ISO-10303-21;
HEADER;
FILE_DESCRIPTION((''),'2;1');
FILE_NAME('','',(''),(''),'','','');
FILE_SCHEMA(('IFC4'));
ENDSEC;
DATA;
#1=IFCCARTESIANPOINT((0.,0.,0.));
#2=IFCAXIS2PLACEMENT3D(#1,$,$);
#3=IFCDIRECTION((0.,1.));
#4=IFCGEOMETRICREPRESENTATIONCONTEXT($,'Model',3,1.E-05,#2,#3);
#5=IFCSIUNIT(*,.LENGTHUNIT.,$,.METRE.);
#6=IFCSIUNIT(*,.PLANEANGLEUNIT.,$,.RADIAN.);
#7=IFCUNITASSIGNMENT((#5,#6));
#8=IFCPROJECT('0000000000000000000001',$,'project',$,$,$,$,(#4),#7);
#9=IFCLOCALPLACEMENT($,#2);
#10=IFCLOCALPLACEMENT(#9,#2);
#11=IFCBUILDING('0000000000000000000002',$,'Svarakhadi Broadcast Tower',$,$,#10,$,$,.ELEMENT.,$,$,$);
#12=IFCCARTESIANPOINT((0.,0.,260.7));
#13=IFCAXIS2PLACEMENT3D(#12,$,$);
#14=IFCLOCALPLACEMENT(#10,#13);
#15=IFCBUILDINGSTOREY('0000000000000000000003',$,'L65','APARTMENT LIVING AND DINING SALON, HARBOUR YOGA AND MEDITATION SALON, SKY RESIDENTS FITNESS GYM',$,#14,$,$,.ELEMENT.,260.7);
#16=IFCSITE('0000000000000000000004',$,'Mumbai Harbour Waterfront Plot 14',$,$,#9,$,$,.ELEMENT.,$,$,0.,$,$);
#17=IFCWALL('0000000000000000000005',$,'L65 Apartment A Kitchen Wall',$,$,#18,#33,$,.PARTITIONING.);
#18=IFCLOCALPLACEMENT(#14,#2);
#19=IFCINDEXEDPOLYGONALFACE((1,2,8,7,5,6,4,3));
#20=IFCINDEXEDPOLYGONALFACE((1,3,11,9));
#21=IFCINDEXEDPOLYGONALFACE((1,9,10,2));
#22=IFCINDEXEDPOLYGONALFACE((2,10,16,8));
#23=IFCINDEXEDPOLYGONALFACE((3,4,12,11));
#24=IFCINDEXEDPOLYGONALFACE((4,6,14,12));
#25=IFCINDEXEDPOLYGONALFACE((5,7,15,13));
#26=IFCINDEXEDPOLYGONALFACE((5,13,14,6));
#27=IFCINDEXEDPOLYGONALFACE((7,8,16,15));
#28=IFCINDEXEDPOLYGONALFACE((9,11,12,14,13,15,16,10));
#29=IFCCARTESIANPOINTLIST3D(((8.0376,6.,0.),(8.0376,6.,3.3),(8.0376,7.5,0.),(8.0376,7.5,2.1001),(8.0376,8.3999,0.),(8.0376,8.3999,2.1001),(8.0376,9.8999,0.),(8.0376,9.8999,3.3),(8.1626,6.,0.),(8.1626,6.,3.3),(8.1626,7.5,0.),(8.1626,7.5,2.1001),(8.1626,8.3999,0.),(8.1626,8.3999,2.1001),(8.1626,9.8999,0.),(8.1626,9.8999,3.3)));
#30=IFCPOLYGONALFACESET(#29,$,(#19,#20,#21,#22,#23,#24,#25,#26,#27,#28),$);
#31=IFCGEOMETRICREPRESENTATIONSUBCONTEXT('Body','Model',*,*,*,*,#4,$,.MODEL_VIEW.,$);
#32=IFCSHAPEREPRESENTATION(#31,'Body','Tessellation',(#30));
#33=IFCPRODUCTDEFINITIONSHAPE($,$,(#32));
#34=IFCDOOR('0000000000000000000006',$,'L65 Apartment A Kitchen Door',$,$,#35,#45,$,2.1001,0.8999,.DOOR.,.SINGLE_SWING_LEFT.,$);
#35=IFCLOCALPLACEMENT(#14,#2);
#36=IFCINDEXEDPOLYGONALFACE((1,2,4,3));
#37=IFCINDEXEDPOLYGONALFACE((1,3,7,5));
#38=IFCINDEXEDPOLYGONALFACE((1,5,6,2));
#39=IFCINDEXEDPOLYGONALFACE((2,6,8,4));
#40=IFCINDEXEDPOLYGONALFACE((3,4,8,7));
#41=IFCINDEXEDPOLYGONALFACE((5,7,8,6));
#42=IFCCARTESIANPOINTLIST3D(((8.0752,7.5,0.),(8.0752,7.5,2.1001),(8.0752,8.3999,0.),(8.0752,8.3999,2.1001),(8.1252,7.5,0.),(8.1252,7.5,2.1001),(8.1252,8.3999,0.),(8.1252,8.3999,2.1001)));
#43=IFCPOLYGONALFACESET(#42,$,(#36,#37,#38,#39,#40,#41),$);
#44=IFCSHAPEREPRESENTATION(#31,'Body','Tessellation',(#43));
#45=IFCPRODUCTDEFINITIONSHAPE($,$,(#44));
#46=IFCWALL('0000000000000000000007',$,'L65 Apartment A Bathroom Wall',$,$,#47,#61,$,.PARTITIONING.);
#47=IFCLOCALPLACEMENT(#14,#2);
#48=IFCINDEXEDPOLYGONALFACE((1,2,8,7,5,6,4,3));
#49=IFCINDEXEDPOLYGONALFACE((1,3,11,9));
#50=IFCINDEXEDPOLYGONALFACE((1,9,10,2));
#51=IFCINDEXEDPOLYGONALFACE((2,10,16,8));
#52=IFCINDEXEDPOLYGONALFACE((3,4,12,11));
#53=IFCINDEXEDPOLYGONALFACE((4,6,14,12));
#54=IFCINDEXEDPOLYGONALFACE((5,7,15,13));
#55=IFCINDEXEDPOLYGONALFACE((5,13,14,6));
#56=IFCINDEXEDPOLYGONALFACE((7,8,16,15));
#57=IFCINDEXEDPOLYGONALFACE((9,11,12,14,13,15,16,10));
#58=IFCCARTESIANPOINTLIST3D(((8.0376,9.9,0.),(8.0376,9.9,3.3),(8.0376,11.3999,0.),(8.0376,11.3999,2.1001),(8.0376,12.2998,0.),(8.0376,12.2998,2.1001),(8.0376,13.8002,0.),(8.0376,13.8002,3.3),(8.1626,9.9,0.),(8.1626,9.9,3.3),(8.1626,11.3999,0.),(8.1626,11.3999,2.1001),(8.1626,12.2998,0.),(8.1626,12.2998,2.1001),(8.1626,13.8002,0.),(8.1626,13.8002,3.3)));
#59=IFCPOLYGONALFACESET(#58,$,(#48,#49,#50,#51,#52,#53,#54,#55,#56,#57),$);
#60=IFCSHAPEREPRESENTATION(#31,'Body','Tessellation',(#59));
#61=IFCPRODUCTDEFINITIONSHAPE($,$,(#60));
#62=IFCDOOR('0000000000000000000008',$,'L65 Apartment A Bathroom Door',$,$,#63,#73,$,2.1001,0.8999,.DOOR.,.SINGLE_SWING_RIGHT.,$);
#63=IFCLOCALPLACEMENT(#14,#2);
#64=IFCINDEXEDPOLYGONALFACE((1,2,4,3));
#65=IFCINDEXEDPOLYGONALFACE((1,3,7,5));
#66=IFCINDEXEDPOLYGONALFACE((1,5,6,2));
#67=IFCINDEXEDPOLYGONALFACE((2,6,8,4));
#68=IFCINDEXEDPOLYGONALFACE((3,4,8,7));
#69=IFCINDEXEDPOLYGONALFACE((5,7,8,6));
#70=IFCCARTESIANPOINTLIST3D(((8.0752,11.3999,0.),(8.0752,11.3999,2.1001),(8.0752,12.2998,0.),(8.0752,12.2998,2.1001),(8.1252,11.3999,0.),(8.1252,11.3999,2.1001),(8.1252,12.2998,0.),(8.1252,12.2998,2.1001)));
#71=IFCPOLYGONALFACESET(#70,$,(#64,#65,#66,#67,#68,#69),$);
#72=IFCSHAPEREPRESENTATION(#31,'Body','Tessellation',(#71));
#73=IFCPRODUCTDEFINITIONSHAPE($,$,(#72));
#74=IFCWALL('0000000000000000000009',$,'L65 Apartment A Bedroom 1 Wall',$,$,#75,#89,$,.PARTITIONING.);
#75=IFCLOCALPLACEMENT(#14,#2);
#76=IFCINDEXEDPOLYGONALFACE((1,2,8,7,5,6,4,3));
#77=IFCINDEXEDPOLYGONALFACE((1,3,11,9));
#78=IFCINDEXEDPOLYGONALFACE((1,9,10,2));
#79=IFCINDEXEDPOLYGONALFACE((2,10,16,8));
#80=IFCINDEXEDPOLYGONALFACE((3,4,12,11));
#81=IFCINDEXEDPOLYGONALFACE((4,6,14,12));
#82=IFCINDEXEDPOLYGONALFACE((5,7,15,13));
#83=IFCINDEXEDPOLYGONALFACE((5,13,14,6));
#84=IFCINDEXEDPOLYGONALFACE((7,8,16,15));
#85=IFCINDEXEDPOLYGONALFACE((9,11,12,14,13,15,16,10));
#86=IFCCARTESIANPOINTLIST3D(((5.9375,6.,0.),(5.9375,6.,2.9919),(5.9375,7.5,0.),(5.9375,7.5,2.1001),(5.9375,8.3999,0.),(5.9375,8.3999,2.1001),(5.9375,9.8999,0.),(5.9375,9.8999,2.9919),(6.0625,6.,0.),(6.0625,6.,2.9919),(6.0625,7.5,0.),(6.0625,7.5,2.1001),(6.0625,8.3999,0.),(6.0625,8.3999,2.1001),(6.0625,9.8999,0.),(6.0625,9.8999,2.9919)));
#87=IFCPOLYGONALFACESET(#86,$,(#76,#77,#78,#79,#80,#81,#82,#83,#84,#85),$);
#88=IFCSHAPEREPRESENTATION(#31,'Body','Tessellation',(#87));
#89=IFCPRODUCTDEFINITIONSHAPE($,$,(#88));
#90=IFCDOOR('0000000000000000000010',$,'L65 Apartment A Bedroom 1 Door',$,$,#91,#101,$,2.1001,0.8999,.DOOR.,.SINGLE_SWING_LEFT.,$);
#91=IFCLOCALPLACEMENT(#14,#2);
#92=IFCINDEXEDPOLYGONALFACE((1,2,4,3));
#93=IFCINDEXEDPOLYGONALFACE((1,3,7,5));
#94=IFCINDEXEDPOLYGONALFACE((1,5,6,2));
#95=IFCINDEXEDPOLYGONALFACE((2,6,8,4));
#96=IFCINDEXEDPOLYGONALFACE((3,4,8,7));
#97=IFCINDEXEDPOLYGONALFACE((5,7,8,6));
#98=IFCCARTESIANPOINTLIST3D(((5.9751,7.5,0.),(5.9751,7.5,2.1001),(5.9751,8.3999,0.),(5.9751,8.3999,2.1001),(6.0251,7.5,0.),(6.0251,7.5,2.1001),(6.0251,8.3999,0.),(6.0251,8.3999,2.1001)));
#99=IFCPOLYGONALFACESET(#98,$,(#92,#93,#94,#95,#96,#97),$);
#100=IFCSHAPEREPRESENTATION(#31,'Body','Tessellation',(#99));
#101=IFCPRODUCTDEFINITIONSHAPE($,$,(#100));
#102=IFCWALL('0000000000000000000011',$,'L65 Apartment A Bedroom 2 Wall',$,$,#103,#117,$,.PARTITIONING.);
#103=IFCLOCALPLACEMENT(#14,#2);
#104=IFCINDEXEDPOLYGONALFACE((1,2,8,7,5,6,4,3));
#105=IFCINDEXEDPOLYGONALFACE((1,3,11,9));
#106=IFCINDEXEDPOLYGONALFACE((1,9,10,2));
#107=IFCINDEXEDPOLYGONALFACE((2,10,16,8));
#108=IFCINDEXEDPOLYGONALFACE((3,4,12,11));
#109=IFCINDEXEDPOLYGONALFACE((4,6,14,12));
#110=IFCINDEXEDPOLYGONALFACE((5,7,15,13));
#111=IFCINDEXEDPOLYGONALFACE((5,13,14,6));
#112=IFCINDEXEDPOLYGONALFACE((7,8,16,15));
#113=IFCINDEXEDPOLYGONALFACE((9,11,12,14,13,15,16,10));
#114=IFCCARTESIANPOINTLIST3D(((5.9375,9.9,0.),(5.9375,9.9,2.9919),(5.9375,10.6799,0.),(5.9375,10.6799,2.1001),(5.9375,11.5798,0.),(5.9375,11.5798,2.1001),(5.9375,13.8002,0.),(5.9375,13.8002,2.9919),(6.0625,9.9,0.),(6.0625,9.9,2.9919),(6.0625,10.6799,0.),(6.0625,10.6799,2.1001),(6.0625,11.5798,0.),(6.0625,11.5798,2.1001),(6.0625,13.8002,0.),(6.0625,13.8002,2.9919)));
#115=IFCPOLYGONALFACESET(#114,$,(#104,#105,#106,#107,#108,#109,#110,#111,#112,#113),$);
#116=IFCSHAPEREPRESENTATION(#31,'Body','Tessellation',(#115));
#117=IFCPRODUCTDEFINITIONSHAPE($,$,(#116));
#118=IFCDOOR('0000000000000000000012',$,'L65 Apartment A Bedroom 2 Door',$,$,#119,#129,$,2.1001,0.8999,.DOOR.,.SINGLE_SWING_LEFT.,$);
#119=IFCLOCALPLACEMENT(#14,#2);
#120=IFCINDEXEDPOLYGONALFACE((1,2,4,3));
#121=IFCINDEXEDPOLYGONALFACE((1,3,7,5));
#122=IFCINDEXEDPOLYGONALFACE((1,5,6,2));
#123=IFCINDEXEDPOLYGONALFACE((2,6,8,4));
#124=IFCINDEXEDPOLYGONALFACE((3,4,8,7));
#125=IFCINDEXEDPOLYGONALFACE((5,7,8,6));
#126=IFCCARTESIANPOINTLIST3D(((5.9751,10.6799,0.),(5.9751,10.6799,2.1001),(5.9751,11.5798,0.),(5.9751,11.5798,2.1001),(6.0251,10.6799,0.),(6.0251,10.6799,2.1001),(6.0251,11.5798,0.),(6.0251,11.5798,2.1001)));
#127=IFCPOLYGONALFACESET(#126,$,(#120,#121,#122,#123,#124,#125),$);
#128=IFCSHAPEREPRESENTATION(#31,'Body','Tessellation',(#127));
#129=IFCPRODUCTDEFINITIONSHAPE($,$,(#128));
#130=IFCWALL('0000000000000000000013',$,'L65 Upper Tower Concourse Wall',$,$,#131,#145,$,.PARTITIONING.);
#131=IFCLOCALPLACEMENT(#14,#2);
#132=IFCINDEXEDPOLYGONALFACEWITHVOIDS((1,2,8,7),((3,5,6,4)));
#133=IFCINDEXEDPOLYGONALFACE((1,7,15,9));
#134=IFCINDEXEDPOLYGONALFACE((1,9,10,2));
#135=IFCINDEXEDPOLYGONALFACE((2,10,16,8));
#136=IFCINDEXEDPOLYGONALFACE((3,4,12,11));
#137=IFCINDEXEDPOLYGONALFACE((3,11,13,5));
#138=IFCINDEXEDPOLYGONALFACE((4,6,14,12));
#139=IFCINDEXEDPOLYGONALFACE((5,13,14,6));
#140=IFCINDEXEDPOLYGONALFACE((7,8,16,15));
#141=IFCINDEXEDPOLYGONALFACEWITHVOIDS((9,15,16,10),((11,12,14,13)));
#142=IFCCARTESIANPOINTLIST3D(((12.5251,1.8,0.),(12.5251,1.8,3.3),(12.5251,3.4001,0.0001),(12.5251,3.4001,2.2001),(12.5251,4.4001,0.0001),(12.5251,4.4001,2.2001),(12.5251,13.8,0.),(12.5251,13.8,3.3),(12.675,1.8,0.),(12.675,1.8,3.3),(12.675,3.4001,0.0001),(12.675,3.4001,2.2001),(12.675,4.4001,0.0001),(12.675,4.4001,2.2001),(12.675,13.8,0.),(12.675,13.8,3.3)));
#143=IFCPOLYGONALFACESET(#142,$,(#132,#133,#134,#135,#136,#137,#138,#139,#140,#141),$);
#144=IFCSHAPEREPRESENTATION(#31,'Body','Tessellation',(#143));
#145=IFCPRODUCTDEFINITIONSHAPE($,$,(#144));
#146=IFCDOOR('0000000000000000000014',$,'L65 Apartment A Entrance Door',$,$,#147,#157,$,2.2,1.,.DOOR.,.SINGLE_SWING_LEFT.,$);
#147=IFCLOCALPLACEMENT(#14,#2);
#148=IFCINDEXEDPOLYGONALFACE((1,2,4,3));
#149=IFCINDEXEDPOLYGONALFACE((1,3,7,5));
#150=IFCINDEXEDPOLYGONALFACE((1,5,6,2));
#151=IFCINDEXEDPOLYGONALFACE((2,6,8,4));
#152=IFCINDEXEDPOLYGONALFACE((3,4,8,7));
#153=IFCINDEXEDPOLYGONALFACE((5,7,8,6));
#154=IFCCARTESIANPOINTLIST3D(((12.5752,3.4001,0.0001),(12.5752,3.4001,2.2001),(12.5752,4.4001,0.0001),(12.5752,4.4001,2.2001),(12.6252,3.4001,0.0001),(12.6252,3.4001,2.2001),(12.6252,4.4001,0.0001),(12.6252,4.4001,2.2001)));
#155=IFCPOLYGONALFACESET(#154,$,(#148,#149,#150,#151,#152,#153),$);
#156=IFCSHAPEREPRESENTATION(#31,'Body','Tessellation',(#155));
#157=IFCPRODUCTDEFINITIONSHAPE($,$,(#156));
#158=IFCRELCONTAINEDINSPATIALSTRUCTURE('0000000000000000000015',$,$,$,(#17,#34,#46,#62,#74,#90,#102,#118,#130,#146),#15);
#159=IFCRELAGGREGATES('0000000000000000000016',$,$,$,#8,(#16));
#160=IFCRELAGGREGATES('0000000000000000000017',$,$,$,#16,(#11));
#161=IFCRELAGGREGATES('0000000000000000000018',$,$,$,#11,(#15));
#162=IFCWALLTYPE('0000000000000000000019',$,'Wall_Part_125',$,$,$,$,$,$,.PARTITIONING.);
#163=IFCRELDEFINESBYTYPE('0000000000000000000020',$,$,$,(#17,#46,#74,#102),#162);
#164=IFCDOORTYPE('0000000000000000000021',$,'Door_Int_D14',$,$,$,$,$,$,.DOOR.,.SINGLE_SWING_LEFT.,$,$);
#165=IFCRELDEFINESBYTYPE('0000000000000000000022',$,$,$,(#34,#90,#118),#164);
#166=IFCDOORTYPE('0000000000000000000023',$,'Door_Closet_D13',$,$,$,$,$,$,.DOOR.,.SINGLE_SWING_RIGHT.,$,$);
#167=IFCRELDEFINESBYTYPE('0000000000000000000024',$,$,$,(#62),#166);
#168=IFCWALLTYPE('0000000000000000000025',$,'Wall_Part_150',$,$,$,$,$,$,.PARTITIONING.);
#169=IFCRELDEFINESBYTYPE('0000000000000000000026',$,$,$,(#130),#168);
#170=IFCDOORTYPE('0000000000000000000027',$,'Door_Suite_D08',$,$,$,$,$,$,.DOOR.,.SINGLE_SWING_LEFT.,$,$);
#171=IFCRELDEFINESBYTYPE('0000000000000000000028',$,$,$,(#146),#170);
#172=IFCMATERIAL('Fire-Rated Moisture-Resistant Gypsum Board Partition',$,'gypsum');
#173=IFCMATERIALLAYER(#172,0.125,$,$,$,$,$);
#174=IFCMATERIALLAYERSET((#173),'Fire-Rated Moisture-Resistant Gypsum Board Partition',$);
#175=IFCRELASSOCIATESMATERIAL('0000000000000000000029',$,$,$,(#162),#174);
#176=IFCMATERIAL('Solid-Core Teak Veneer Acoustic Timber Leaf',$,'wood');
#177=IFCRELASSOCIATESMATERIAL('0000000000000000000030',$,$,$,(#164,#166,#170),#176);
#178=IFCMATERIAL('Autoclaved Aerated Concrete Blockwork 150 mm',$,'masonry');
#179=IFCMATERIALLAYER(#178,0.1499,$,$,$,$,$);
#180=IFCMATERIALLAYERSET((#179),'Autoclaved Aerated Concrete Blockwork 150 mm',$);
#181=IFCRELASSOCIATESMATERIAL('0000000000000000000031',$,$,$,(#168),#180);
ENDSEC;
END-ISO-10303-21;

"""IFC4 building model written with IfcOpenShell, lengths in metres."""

from ifc_helpers import new_model, si_unit, direction, frame, frame_2d, origin, place, context, subcontext, project, spatial, rectangle, extrude, material, layer, layer_set, type_object, element, fill, save


model = new_model("IFC4")

# Units and contexts
model_context = context("Model", 3, precision=1e-05, world=origin(), true_north=direction((0.0, 1.0)))
body_context = subcontext(model_context, "Body", "Model", "MODEL_VIEW")
ifc_project = project(units=[si_unit("LENGTHUNIT", "METRE"), si_unit("PLANEANGLEUNIT", "RADIAN")], contexts=[model_context])

# Site, building, storey
site_placement = place(None, origin())
site = spatial("IfcSite", under=ifc_project, at=site_placement, Name="Mumbai Harbour Waterfront Plot 14", CompositionType="ELEMENT", RefElevation=0.0)
building_placement = place(site_placement, origin())
building = spatial("IfcBuilding", under=site, at=building_placement, Name="Svarakhadi Broadcast Tower", CompositionType="ELEMENT")
storey_placement = place(building_placement, frame((0.0, 0.0, 260.7)))
storey = spatial("IfcBuildingStorey", under=building, at=storey_placement, Name="L65", Description="APARTMENT LIVING AND DINING SALON, HARBOUR YOGA AND MEDITATION SALON, SKY RESIDENTS FITNESS GYM", CompositionType="ELEMENT", Elevation=260.7)

# Shared definitions
ifc_material_1 = material(Name="Fire-Rated Moisture-Resistant Gypsum Board Partition", Category="gypsum")
ifc_layer_1 = layer(ifc_material_1, 0.125)
ifc_layer_set_1 = layer_set([ifc_layer_1], Name="Fire-Rated Moisture-Resistant Gypsum Board Partition")
wall_type_1 = type_object("IfcWallType", Name="Wall_Part_125", PredefinedType="PARTITIONING", material=ifc_layer_set_1)

# Walls, openings, doors
wall_1_placement = place(storey_placement, frame((8.1001, 6.0, 0.0), z_axis=(0.0, 0.0, 1.0), x_axis=(0.0, 1.0, 0.0)))
wall_1 = element("IfcWall", 1, at=wall_1_placement, inside=storey, type_object=wall_type_1, Name="L65 Apartment A Kitchen Wall", PredefinedType="PARTITIONING", context=body_context, shape_type="SweptSolid", body=[
    extrude(rectangle(XDim=3.8999, YDim=0.125, at=frame_2d((1.95, 0.0))), origin(), (0.0, 0.0, 1.0), 3.3),
])
opening_1_placement = place(wall_1_placement, frame((1.5, 0.0, 0.0)))
opening_1 = element("IfcOpeningElement", 2, at=opening_1_placement, cuts=wall_1, PredefinedType="OPENING", context=body_context, shape_type="SweptSolid", body=[
    extrude(rectangle(XDim=0.8999, YDim=2.1001, at=frame_2d((0.45, 1.05))), frame((0.0, 0.0725, 0.0), z_axis=(0.0, -1.0, 0.0), x_axis=(1.0, 0.0, 0.0)), (0.0, 0.0, 1.0), 0.145),
])
ifc_material_2 = material(Name="Solid-Core Teak Veneer Acoustic Timber Leaf", Category="wood")
door_type_1 = type_object("IfcDoorType", Name="Door_Int_D14", OperationType="SINGLE_SWING_LEFT", PredefinedType="DOOR", material=ifc_material_2)
door_1_placement = place(opening_1_placement, origin())
door_1 = element("IfcDoor", 3, at=door_1_placement, inside=storey, type_object=door_type_1, Name="L65 Apartment A Kitchen Door", OperationType="SINGLE_SWING_LEFT", OverallHeight=2.1001, OverallWidth=0.8999, PredefinedType="DOOR", context=body_context, shape_type="SweptSolid", body=[
    extrude(rectangle(XDim=0.8999, YDim=2.1001, at=frame_2d((0.45, 1.05))), frame((0.0, 0.0249, 0.0), z_axis=(0.0, -1.0, 0.0), x_axis=(1.0, 0.0, 0.0)), (0.0, 0.0, 1.0), 0.05),
])
fill(opening_1, door_1)
wall_2_placement = place(storey_placement, frame((8.1001, 9.8999, 0.0), z_axis=(0.0, 0.0, 1.0), x_axis=(0.0, 1.0, 0.0)))
wall_2 = element("IfcWall", 4, at=wall_2_placement, inside=storey, type_object=wall_type_1, Name="L65 Apartment A Bathroom Wall", PredefinedType="PARTITIONING", context=body_context, shape_type="SweptSolid", body=[
    extrude(rectangle(XDim=3.9001, YDim=0.125, at=frame_2d((1.9502, 0.0))), origin(), (0.0, 0.0, 1.0), 3.3),
])
opening_2_placement = place(wall_2_placement, frame((1.5, 0.0, 0.0)))
opening_2 = element("IfcOpeningElement", 5, at=opening_2_placement, cuts=wall_2, PredefinedType="OPENING", context=body_context, shape_type="SweptSolid", body=[
    extrude(rectangle(XDim=0.8999, YDim=2.1001, at=frame_2d((0.45, 1.05))), frame((0.0, 0.0725, 0.0), z_axis=(0.0, -1.0, 0.0), x_axis=(1.0, 0.0, 0.0)), (0.0, 0.0, 1.0), 0.145),
])
door_type_2 = type_object("IfcDoorType", Name="Door_Closet_D13", OperationType="SINGLE_SWING_RIGHT", PredefinedType="DOOR", material=ifc_material_2)
door_2_placement = place(opening_2_placement, origin())
door_2 = element("IfcDoor", 6, at=door_2_placement, inside=storey, type_object=door_type_2, Name="L65 Apartment A Bathroom Door", OperationType="SINGLE_SWING_RIGHT", OverallHeight=2.1001, OverallWidth=0.8999, PredefinedType="DOOR", context=body_context, shape_type="SweptSolid", body=[
    extrude(rectangle(XDim=0.8999, YDim=2.1001, at=frame_2d((0.45, 1.05))), frame((0.0, 0.0249, 0.0), z_axis=(0.0, -1.0, 0.0), x_axis=(1.0, 0.0, 0.0)), (0.0, 0.0, 1.0), 0.05),
])
fill(opening_2, door_2)
wall_3_placement = place(storey_placement, frame((6.0, 6.0, 0.0), z_axis=(0.0, 0.0, 1.0), x_axis=(0.0, 1.0, 0.0)))
wall_3 = element("IfcWall", 7, at=wall_3_placement, inside=storey, type_object=wall_type_1, Name="L65 Apartment A Bedroom 1 Wall", PredefinedType="PARTITIONING", context=body_context, shape_type="SweptSolid", body=[
    extrude(rectangle(XDim=3.8999, YDim=0.125, at=frame_2d((1.95, 0.0))), origin(), (0.0, 0.0, 1.0), 2.9919),
])
opening_3_placement = place(wall_3_placement, frame((1.5, 0.0, 0.0)))
opening_3 = element("IfcOpeningElement", 8, at=opening_3_placement, cuts=wall_3, PredefinedType="OPENING", context=body_context, shape_type="SweptSolid", body=[
    extrude(rectangle(XDim=0.8999, YDim=2.1001, at=frame_2d((0.45, 1.05))), frame((0.0, 0.0725, 0.0), z_axis=(0.0, -1.0, 0.0), x_axis=(1.0, 0.0, 0.0)), (0.0, 0.0, 1.0), 0.145),
])
door_3_placement = place(opening_3_placement, origin())
door_3 = element("IfcDoor", 9, at=door_3_placement, inside=storey, type_object=door_type_1, Name="L65 Apartment A Bedroom 1 Door", OperationType="SINGLE_SWING_LEFT", OverallHeight=2.1001, OverallWidth=0.8999, PredefinedType="DOOR", context=body_context, shape_type="SweptSolid", body=[
    extrude(rectangle(XDim=0.8999, YDim=2.1001, at=frame_2d((0.45, 1.05))), frame((0.0, 0.0249, 0.0), z_axis=(0.0, -1.0, 0.0), x_axis=(1.0, 0.0, 0.0)), (0.0, 0.0, 1.0), 0.05),
])
fill(opening_3, door_3)
wall_4_placement = place(storey_placement, frame((6.0, 9.8999, 0.0), z_axis=(0.0, 0.0, 1.0), x_axis=(0.0, 1.0, 0.0)))
wall_4 = element("IfcWall", 10, at=wall_4_placement, inside=storey, type_object=wall_type_1, Name="L65 Apartment A Bedroom 2 Wall", PredefinedType="PARTITIONING", context=body_context, shape_type="SweptSolid", body=[
    extrude(rectangle(XDim=3.9001, YDim=0.125, at=frame_2d((1.9502, 0.0))), origin(), (0.0, 0.0, 1.0), 2.9919),
])
opening_4_placement = place(wall_4_placement, frame((0.78, 0.0, 0.0)))
opening_4 = element("IfcOpeningElement", 11, at=opening_4_placement, cuts=wall_4, PredefinedType="OPENING", context=body_context, shape_type="SweptSolid", body=[
    extrude(rectangle(XDim=0.8999, YDim=2.1001, at=frame_2d((0.45, 1.05))), frame((0.0, 0.0725, 0.0), z_axis=(0.0, -1.0, 0.0), x_axis=(1.0, 0.0, 0.0)), (0.0, 0.0, 1.0), 0.145),
])
door_4_placement = place(opening_4_placement, origin())
door_4 = element("IfcDoor", 12, at=door_4_placement, inside=storey, type_object=door_type_1, Name="L65 Apartment A Bedroom 2 Door", OperationType="SINGLE_SWING_LEFT", OverallHeight=2.1001, OverallWidth=0.8999, PredefinedType="DOOR", context=body_context, shape_type="SweptSolid", body=[
    extrude(rectangle(XDim=0.8999, YDim=2.1001, at=frame_2d((0.45, 1.05))), frame((0.0, 0.0249, 0.0), z_axis=(0.0, -1.0, 0.0), x_axis=(1.0, 0.0, 0.0)), (0.0, 0.0, 1.0), 0.05),
])
fill(opening_4, door_4)
ifc_material_3 = material(Name="Autoclaved Aerated Concrete Blockwork 150 mm", Category="masonry")
ifc_layer_2 = layer(ifc_material_3, 0.1499)
ifc_layer_set_2 = layer_set([ifc_layer_2], Name="Autoclaved Aerated Concrete Blockwork 150 mm")
wall_type_2 = type_object("IfcWallType", Name="Wall_Part_150", PredefinedType="PARTITIONING", material=ifc_layer_set_2)
wall_5_placement = place(storey_placement, frame((12.6001, 1.8, 0.0), z_axis=(0.0, 0.0, 1.0), x_axis=(0.0, 1.0, 0.0)))
wall_5 = element("IfcWall", 13, at=wall_5_placement, inside=storey, type_object=wall_type_2, Name="L65 Upper Tower Concourse Wall", PredefinedType="PARTITIONING", context=body_context, shape_type="SweptSolid", body=[
    extrude(rectangle(XDim=12.0, YDim=0.1499, at=frame_2d((6.0, 0.0))), origin(), (0.0, 0.0, 1.0), 3.3),
])
opening_5_placement = place(wall_5_placement, frame((1.6001, 0.0, 0.0)))
opening_5 = element("IfcOpeningElement", 14, at=opening_5_placement, cuts=wall_5, PredefinedType="OPENING", context=body_context, shape_type="SweptSolid", body=[
    extrude(rectangle(XDim=1.0, YDim=2.2, at=frame_2d((0.5, 1.1001))), frame((0.0, 0.085, 0.0), z_axis=(0.0, -1.0, 0.0), x_axis=(1.0, 0.0, 0.0)), (0.0, 0.0, 1.0), 0.1699),
])
door_type_3 = type_object("IfcDoorType", Name="Door_Suite_D08", OperationType="SINGLE_SWING_LEFT", PredefinedType="DOOR", material=ifc_material_2)
door_5_placement = place(opening_5_placement, origin())
door_5 = element("IfcDoor", 15, at=door_5_placement, inside=storey, type_object=door_type_3, Name="L65 Apartment A Entrance Door", OperationType="SINGLE_SWING_LEFT", OverallHeight=2.2, OverallWidth=1.0, PredefinedType="DOOR", context=body_context, shape_type="SweptSolid", body=[
    extrude(rectangle(XDim=1.0, YDim=2.2, at=frame_2d((0.5, 1.1001))), frame((0.0, 0.0249, 0.0), z_axis=(0.0, -1.0, 0.0), x_axis=(1.0, 0.0, 0.0)), (0.0, 0.0, 1.0), 0.05),
])
fill(opening_5, door_5)

save(model, "model.ifc")
